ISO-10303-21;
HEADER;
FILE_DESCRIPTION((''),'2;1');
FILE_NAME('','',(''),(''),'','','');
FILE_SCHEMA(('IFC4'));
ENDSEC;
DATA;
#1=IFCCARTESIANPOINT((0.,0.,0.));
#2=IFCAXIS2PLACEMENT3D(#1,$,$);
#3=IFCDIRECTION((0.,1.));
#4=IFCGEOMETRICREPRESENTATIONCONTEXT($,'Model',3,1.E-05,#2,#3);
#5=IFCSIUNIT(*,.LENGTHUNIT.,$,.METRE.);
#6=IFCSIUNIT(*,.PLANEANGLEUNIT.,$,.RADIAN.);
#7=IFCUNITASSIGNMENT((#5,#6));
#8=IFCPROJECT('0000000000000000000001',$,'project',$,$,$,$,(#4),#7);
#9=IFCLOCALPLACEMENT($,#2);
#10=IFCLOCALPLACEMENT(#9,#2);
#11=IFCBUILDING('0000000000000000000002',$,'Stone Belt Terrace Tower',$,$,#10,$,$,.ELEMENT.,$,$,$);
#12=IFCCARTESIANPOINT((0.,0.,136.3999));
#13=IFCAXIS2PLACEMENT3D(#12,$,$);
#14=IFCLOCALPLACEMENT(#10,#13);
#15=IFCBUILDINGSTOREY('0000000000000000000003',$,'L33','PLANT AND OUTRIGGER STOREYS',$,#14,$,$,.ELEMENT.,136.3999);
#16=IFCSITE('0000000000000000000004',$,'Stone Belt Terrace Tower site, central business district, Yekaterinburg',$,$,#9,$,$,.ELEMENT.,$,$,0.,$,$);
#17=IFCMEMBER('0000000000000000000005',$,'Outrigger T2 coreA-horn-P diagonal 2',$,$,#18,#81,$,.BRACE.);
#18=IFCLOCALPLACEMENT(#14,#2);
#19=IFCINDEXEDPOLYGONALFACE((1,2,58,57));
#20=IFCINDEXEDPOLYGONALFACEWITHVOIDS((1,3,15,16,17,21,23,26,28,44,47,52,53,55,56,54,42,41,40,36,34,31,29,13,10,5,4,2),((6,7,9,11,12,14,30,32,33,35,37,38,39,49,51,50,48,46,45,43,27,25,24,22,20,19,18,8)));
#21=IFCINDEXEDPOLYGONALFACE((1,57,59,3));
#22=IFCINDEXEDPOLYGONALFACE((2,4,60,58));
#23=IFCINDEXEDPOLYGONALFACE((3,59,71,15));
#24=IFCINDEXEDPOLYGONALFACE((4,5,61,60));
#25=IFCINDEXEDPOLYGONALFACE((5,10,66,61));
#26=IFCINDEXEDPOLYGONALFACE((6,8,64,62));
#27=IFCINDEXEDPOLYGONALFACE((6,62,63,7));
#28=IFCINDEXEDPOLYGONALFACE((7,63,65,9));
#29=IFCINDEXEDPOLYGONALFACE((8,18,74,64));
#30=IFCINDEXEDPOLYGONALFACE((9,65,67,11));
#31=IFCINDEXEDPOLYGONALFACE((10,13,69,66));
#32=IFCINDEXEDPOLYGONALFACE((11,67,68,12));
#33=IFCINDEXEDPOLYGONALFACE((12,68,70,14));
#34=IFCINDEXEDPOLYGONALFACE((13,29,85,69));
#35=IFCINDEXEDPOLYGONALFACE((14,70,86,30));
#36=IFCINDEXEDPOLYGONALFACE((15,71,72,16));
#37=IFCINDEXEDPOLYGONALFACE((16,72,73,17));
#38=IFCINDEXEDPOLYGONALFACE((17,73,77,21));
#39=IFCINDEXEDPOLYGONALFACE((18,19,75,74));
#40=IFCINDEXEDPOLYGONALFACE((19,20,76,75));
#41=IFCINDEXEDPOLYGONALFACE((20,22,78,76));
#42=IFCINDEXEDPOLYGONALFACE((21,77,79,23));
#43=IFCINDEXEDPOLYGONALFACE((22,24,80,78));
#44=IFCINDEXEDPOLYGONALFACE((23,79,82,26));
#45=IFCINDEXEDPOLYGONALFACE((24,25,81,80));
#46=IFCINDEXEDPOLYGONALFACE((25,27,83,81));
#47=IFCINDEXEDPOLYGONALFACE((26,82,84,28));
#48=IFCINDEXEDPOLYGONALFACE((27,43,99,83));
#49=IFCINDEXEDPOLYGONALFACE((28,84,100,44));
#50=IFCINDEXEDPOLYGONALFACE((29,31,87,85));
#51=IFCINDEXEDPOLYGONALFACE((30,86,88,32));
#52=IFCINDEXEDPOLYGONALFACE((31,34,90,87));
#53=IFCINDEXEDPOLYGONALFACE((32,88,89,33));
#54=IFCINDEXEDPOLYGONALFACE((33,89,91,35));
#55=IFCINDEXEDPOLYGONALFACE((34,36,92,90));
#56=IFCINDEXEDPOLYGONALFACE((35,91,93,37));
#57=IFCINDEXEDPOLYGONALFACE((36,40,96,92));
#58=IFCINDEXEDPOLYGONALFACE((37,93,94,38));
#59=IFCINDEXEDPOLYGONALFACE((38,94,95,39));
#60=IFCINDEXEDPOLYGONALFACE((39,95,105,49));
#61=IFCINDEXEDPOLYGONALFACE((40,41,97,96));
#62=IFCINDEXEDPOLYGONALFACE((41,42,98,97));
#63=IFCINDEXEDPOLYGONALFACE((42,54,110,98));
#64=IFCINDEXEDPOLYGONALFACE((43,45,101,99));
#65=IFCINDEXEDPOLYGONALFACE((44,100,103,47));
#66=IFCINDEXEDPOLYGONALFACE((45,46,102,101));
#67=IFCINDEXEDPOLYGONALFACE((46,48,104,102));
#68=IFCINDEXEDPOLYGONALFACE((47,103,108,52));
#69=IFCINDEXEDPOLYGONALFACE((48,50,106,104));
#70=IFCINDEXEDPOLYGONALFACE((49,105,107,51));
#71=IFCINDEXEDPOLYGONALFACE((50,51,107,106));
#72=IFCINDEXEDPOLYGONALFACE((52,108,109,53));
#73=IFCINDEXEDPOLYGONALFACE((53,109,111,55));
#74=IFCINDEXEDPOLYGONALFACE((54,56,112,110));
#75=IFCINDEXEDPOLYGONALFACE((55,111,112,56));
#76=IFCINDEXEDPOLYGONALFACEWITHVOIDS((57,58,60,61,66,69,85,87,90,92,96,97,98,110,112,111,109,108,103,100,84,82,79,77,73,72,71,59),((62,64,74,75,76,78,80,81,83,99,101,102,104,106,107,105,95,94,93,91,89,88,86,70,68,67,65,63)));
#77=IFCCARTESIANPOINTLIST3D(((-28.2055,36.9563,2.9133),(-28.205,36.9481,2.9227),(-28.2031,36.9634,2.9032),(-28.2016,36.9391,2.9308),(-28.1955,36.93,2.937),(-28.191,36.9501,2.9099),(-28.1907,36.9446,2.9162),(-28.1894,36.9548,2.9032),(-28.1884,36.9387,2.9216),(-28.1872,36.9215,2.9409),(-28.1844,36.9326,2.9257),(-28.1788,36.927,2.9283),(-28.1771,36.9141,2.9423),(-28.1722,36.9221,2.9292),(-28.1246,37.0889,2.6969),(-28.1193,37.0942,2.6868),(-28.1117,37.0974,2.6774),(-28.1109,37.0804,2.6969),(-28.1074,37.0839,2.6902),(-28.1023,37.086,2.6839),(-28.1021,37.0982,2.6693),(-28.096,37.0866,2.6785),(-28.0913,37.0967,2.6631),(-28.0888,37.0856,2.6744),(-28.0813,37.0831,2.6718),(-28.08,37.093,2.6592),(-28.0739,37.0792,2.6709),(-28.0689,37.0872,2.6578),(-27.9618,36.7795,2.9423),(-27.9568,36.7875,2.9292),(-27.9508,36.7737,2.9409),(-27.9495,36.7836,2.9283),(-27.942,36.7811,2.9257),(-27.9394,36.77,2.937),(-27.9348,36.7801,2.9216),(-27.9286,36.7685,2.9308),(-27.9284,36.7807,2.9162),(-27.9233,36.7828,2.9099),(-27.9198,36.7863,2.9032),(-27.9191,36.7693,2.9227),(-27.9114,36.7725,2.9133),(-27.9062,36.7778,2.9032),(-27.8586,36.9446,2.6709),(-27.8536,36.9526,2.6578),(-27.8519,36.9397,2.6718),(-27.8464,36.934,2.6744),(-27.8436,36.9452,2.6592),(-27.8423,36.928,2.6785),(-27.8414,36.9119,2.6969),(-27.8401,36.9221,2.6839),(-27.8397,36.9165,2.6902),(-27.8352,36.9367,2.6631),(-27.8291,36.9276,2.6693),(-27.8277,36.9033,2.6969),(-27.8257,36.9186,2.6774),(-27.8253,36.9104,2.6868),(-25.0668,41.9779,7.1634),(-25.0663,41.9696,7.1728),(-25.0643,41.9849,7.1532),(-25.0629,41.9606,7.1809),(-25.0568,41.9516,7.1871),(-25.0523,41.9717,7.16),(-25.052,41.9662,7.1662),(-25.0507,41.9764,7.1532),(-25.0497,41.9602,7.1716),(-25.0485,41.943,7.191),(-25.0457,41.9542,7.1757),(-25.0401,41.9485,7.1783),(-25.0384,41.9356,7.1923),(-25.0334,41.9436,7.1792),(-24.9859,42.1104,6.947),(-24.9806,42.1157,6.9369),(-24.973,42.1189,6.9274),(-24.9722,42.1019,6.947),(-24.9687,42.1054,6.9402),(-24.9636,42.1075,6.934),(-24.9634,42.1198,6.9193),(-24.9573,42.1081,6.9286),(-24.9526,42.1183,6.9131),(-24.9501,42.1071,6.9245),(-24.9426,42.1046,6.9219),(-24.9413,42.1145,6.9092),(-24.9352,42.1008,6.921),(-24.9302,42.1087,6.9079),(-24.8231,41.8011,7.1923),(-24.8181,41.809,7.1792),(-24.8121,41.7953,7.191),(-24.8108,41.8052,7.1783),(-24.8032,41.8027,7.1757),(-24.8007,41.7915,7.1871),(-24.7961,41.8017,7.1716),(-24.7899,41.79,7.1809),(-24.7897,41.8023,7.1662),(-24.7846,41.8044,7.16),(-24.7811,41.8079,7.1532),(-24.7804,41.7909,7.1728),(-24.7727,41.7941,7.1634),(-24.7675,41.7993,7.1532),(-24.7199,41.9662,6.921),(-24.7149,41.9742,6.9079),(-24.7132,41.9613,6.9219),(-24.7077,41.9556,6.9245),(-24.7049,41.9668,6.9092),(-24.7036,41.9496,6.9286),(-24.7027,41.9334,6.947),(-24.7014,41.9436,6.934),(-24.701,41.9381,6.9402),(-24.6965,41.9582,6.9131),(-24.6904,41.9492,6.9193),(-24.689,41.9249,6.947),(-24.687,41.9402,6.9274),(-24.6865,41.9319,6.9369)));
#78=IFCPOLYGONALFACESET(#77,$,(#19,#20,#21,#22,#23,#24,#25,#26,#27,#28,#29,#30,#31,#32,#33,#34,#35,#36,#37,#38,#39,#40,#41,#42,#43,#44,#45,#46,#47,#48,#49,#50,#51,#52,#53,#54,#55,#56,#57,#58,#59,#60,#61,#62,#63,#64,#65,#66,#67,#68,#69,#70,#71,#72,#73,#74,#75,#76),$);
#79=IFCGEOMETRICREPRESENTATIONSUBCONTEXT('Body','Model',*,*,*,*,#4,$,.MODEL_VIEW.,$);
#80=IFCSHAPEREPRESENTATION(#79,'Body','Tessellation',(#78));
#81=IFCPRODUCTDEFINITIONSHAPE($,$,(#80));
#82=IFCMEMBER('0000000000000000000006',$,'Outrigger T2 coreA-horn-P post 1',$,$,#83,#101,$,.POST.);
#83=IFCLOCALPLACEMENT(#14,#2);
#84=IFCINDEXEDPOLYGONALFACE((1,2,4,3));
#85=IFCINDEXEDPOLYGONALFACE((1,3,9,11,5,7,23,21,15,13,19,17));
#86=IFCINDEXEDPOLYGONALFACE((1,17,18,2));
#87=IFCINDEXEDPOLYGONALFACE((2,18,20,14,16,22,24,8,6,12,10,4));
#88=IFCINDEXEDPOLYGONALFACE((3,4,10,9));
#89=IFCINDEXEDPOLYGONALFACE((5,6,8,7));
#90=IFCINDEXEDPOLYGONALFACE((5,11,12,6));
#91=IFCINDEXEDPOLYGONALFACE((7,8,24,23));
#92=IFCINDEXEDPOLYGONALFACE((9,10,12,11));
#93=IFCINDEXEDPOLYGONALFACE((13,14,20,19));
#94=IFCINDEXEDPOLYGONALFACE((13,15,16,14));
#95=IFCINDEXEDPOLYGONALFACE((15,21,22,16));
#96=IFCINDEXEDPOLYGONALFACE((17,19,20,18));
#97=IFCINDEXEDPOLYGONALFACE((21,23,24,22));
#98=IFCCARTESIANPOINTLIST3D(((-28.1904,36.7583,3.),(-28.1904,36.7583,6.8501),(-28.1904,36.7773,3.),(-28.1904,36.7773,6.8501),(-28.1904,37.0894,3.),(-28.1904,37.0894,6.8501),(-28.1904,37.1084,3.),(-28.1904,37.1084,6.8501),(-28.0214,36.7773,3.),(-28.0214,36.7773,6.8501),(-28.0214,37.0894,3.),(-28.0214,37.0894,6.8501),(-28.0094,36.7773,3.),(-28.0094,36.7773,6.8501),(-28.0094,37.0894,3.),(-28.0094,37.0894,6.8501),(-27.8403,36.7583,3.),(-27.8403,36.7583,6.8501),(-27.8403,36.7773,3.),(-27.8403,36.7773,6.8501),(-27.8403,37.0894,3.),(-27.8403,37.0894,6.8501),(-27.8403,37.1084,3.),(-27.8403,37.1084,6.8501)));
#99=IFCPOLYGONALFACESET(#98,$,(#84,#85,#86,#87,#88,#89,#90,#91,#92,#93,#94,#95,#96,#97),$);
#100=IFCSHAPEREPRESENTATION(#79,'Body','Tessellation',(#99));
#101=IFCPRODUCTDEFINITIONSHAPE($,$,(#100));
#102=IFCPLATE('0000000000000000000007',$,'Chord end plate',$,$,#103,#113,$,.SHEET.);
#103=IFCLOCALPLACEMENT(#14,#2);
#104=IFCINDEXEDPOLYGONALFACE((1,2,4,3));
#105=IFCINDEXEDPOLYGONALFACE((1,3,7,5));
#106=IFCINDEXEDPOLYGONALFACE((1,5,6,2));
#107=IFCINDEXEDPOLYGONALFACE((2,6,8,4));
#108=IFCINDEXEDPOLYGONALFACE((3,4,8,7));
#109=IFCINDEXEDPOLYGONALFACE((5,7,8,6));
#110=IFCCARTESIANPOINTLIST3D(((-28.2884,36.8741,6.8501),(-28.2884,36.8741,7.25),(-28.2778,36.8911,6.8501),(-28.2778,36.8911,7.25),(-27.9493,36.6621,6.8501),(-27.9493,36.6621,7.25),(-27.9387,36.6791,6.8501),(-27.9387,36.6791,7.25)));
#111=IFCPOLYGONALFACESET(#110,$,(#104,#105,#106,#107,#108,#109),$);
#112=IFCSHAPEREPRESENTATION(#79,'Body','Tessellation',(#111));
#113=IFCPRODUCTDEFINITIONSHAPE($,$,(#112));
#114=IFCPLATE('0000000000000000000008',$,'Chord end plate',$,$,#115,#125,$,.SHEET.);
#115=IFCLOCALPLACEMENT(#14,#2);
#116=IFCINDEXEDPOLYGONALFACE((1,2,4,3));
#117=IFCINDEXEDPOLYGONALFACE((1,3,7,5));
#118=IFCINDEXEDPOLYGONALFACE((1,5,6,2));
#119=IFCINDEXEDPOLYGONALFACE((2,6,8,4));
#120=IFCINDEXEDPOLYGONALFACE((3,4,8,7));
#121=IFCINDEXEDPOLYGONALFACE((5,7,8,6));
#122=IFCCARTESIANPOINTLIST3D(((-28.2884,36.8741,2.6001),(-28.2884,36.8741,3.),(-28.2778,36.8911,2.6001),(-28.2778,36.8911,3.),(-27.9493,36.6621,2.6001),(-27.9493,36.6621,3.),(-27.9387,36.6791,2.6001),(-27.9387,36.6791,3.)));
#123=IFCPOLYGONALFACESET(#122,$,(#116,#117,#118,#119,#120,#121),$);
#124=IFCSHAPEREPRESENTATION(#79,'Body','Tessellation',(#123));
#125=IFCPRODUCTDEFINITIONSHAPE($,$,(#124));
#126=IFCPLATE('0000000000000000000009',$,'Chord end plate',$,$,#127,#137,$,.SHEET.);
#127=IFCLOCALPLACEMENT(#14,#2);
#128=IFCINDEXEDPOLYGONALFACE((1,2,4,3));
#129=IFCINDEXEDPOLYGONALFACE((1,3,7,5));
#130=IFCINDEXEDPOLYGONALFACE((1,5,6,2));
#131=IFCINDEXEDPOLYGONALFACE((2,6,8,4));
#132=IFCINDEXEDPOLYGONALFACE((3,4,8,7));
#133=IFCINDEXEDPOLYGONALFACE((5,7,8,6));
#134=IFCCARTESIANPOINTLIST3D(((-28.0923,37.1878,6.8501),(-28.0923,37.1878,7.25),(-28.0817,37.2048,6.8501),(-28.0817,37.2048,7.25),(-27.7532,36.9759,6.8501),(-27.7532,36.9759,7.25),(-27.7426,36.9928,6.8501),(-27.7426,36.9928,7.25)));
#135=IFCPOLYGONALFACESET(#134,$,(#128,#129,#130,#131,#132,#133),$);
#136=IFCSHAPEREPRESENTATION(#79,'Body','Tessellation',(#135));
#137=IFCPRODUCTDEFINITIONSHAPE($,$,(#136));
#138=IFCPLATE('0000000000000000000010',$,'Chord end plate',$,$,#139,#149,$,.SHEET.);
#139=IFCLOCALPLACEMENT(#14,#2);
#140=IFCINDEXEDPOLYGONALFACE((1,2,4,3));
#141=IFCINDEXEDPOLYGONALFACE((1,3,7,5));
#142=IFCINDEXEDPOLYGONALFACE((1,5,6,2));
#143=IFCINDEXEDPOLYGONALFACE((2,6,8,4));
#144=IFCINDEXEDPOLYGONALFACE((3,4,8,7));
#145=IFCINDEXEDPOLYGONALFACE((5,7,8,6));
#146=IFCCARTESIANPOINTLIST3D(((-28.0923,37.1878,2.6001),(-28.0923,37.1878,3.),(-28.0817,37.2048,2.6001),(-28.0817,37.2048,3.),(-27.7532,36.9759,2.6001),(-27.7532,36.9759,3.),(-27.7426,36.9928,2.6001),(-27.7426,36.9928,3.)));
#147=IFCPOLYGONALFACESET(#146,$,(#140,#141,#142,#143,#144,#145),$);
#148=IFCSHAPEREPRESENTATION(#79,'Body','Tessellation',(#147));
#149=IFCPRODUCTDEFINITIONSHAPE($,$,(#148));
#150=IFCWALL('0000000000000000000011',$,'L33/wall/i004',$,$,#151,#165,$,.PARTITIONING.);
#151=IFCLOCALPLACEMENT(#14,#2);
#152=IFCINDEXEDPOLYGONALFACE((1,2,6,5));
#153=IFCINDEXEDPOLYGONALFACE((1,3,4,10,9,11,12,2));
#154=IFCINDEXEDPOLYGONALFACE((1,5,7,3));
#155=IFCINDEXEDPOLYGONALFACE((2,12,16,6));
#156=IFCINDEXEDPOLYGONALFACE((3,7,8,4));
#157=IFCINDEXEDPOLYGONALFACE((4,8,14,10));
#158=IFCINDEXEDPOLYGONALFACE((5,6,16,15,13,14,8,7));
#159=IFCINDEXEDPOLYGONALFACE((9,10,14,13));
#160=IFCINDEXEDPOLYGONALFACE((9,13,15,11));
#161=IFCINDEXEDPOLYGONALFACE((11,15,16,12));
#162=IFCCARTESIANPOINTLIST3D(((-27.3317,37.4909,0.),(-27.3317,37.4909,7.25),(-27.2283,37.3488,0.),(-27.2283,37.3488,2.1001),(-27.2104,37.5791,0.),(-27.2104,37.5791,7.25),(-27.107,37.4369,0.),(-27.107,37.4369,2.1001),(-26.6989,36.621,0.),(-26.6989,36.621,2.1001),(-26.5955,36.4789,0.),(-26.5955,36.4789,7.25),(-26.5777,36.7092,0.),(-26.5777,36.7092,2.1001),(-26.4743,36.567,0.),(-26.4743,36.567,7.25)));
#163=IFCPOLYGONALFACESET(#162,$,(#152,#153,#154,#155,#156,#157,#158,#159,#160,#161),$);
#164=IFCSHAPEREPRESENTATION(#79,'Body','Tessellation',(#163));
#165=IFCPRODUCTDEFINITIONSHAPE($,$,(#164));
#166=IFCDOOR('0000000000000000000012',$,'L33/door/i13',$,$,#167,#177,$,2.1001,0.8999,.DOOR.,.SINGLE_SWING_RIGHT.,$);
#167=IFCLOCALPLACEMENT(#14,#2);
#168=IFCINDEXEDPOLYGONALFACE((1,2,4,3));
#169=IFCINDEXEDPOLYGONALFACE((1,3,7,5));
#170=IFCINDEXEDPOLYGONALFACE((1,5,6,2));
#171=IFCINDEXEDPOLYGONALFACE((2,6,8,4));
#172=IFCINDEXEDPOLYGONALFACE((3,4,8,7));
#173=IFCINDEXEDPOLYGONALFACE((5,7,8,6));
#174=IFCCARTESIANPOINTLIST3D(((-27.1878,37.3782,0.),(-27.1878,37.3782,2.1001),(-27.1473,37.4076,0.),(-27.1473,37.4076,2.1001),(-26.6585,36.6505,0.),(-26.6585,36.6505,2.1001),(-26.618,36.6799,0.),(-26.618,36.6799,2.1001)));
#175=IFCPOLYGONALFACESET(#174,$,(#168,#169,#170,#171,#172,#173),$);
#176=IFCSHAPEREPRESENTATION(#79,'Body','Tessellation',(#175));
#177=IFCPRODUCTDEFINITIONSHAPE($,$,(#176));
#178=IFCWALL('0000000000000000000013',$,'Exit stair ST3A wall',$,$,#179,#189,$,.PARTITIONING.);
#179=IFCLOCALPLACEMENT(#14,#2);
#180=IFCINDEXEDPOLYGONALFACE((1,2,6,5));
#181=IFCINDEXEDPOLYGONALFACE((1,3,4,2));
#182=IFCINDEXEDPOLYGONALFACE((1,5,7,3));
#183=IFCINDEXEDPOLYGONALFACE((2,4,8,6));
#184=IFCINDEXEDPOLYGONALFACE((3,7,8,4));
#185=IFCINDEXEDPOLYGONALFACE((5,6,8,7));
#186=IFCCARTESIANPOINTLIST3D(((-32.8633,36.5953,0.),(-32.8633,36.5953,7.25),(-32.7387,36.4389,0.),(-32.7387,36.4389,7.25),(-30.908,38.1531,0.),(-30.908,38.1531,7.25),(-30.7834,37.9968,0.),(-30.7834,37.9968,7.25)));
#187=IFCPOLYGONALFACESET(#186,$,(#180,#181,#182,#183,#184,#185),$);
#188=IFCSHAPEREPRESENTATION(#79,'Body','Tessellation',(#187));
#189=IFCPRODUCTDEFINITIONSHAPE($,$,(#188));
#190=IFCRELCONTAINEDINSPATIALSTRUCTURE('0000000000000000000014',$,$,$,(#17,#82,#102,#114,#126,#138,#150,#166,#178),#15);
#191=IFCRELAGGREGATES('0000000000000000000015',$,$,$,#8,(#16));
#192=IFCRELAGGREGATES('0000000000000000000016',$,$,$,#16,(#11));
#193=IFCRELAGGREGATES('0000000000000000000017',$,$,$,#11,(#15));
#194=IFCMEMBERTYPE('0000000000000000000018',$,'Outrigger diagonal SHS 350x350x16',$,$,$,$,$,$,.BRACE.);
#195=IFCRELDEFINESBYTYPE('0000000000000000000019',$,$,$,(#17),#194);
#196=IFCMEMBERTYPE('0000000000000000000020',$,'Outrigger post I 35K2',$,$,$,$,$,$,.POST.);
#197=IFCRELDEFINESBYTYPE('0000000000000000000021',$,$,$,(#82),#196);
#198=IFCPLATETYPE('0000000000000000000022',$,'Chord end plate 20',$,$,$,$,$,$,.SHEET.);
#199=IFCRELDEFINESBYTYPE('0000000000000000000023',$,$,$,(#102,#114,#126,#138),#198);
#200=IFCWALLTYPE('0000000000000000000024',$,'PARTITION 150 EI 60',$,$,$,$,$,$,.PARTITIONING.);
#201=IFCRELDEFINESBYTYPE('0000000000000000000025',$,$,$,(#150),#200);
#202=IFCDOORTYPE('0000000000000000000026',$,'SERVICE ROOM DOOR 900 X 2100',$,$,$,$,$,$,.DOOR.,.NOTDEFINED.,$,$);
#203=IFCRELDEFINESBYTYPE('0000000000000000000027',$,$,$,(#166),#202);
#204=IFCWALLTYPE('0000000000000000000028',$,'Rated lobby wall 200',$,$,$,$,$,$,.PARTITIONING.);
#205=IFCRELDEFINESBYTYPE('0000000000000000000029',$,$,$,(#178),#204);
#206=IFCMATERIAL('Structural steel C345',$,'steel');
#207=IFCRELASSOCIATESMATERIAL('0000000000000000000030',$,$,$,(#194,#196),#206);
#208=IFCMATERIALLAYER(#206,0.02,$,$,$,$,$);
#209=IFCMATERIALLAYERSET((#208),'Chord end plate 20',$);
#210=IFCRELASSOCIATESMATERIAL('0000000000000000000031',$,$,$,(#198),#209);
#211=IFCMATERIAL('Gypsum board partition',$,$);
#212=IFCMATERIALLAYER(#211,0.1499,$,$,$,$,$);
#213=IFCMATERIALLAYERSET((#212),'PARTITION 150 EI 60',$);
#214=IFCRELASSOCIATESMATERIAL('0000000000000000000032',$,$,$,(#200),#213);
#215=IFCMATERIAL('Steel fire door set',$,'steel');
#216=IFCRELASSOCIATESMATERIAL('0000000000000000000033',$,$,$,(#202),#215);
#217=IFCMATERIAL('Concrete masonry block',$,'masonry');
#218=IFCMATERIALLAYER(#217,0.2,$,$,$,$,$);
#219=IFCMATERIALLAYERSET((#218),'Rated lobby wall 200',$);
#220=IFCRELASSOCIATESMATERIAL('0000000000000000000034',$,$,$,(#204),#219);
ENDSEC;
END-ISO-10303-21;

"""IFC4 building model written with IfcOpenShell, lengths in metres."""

from ifc_helpers import new_model, si_unit, direction, frame, frame_2d, origin, origin_2d, place, context, subcontext, project, spatial, rectangle, hollow_rectangle, i_section, extrude, material, layer, layer_set, material_profile, profile_set, type_object, element, fill, save


model = new_model("IFC4")

# Units and contexts
model_context = context("Model", 3, precision=1e-05, world=origin(), true_north=direction((0.0, 1.0)))
body_context = subcontext(model_context, "Body", "Model", "MODEL_VIEW")
ifc_project = project(units=[si_unit("LENGTHUNIT", "METRE"), si_unit("PLANEANGLEUNIT", "RADIAN")], contexts=[model_context])

# Site, building, storey
site_placement = place(None, origin())
site = spatial("IfcSite", under=ifc_project, at=site_placement, Name="Stone Belt Terrace Tower site, central business district, Yekaterinburg", CompositionType="ELEMENT", RefElevation=0.0)
building_placement = place(site_placement, origin())
building = spatial("IfcBuilding", under=site, at=building_placement, Name="Stone Belt Terrace Tower", CompositionType="ELEMENT")
storey_placement = place(building_placement, frame((0.0, 0.0, 136.3999)))
storey = spatial("IfcBuildingStorey", under=building, at=storey_placement, Name="L33", Description="PLANT AND OUTRIGGER STOREYS", CompositionType="ELEMENT", Elevation=136.3999)

# Members
ifc_material_1 = material(Name="Structural steel C345", Category="steel")
ifc_material_profile_1 = material_profile(ifc_material_1, hollow_rectangle(XDim=0.3501, YDim=0.3501, WallThickness=0.0161, InnerFilletRadius=0.032, OuterFilletRadius=0.0481, at=origin_2d()), Name="SHS 350x350x16")
ifc_profile_set_1 = profile_set([ifc_material_profile_1], Name="Structural steel C345")
member_type_1 = type_object("IfcMemberType", Name="Outrigger diagonal SHS 350x350x16", PredefinedType="BRACE", material=ifc_profile_set_1)
member_1_placement = place(storey_placement, frame((-28.0154, 36.9333, 2.8), z_axis=(0.430606, 0.688916, 0.583073), x_axis=(-0.84798, 0.530029, 0.0)))
element("IfcMember", 1, at=member_1_placement, inside=storey, type_object=member_type_1, Name="Outrigger T2 coreA-horn-P diagonal 2", PredefinedType="BRACE", context=body_context, shape_type="SweptSolid", body=[
    extrude(hollow_rectangle(XDim=0.3501, YDim=0.3501, WallThickness=0.0161, InnerFilletRadius=0.032, OuterFilletRadius=0.0481, at=origin_2d()), origin(), (0.0, 0.0, 1.0), 7.2891),
])
ifc_material_profile_2 = material_profile(ifc_material_1, i_section(OverallWidth=0.3501, OverallDepth=0.3501, WebThickness=0.012, FlangeThickness=0.019, at=origin_2d()), Name="I 35K2")
ifc_profile_set_2 = profile_set([ifc_material_profile_2], Name="Structural steel C345")
member_type_2 = type_object("IfcMemberType", Name="Outrigger post I 35K2", PredefinedType="POST", material=ifc_profile_set_2)
member_2_placement = place(storey_placement, frame((-28.0154, 36.9333, 3.0), z_axis=(0.0, 0.0, 1.0), x_axis=(1.0, 0.0, 0.0)))
element("IfcMember", 2, at=member_2_placement, inside=storey, type_object=member_type_2, Name="Outrigger T2 coreA-horn-P post 1", PredefinedType="POST", context=body_context, shape_type="SweptSolid", body=[
    extrude(i_section(OverallWidth=0.3501, OverallDepth=0.3501, WebThickness=0.012, FlangeThickness=0.019, at=origin_2d()), origin(), (0.0, 0.0, 1.0), 3.8501),
])

# Plates
ifc_layer_1 = layer(ifc_material_1, 0.02)
ifc_layer_set_1 = layer_set([ifc_layer_1], Name="Chord end plate 20")
plate_type = type_object("IfcPlateType", Name="Chord end plate 20", PredefinedType="SHEET", material=ifc_layer_set_1)
for number, where, z_axis, x_axis, name in (
    (3, (-28.1135, 36.7766, 6.8501), (0.0, 0.0, 1.0), (0.530064, 0.847957, 0.0), "Chord end plate"),
    (4, (-28.1135, 36.7766, 2.6001), (0.0, 0.0, 1.0), (0.530064, 0.847957, 0.0), "Chord end plate"),
    (5, (-27.9175, 37.0903, 6.8501), (0.0, 0.0, 1.0), (-0.530064, -0.847957, 0.0), "Chord end plate"),
    (6, (-27.9175, 37.0903, 2.6001), (0.0, 0.0, 1.0), (-0.530064, -0.847957, 0.0), "Chord end plate"),
):
    element("IfcPlate", number, at=place(storey_placement, frame(where, z_axis=z_axis, x_axis=x_axis)), inside=storey, type_object=plate_type, Name=name, PredefinedType="SHEET", context=body_context, shape_type="SweptSolid", body=[
        extrude(rectangle(XDim=0.02, YDim=0.3999, at=origin_2d()), origin(), (0.0, 0.0, 1.0), 0.3999),
    ])

# Wall, opening, door
ifc_material_2 = material(Name="Gypsum board partition")
ifc_layer_2 = layer(ifc_material_2, 0.1499)
ifc_layer_set_2 = layer_set([ifc_layer_2], Name="PARTITION 150 EI 60")
wall_type_1 = type_object("IfcWallType", Name="PARTITION 150 EI 60", PredefinedType="PARTITIONING", material=ifc_layer_set_2)
wall_1_placement = place(storey_placement, frame((-26.5349, 36.5229, 0.0), z_axis=(0.0, 0.0, 1.0), x_axis=(-0.58823, 0.808694, 0.0)))
wall_1 = element("IfcWall", 7, at=wall_1_placement, inside=storey, type_object=wall_type_1, Name="L33/wall/i004", PredefinedType="PARTITIONING", context=body_context, shape_type="SweptSolid", body=[
    extrude(rectangle(XDim=1.2515, YDim=0.1499, at=frame_2d((0.6257, 0.0))), origin(), (0.0, 0.0, 1.0), 7.25),
])
opening_1_placement = place(wall_1_placement, frame((0.1758, 0.0, 0.0)))
opening_1 = element("IfcOpeningElement", 8, at=opening_1_placement, cuts=wall_1, PredefinedType="OPENING", context=body_context, shape_type="SweptSolid", body=[
    extrude(rectangle(XDim=0.8999, YDim=2.1001, at=frame_2d((0.45, 1.05))), frame((0.0, 0.085, 0.0), z_axis=(0.0, -1.0, 0.0), x_axis=(1.0, 0.0, 0.0)), (0.0, 0.0, 1.0), 0.1699),
])
ifc_material_3 = material(Name="Steel fire door set", Category="steel")
door_type_1 = type_object("IfcDoorType", Name="SERVICE ROOM DOOR 900 X 2100", OperationType="NOTDEFINED", PredefinedType="DOOR", material=ifc_material_3)
door_1_placement = place(opening_1_placement, origin())
door_1 = element("IfcDoor", 9, at=door_1_placement, inside=storey, type_object=door_type_1, Name="L33/door/i13", OperationType="SINGLE_SWING_RIGHT", OverallHeight=2.1001, OverallWidth=0.8999, PredefinedType="DOOR", context=body_context, shape_type="SweptSolid", body=[
    extrude(rectangle(XDim=0.8999, YDim=2.1001, at=frame_2d((0.45, 1.05))), frame((0.0, 0.0249, 0.0), z_axis=(0.0, -1.0, 0.0), x_axis=(1.0, 0.0, 0.0)), (0.0, 0.0, 1.0), 0.05),
])
fill(opening_1, door_1)

# Wall
ifc_material_4 = material(Name="Concrete masonry block", Category="masonry")
ifc_layer_3 = layer(ifc_material_4, 0.2)
ifc_layer_set_3 = layer_set([ifc_layer_3], Name="Rated lobby wall 200")
wall_type_2 = type_object("IfcWallType", Name="Rated lobby wall 200", PredefinedType="PARTITIONING", material=ifc_layer_set_3)
wall_2_placement = place(storey_placement, frame((-30.8457, 38.075, 0.0), z_axis=(0.0, 0.0, 1.0), x_axis=(-0.782115, -0.623134, 0.0)))
element("IfcWall", 10, at=wall_2_placement, inside=storey, type_object=wall_type_2, Name="Exit stair ST3A wall", PredefinedType="PARTITIONING", context=body_context, shape_type="SweptSolid", body=[
    extrude(rectangle(XDim=2.5, YDim=0.2, at=frame_2d((1.25, 0.0))), origin(), (0.0, 0.0, 1.0), 7.25),
])

save(model, "model.ifc")
